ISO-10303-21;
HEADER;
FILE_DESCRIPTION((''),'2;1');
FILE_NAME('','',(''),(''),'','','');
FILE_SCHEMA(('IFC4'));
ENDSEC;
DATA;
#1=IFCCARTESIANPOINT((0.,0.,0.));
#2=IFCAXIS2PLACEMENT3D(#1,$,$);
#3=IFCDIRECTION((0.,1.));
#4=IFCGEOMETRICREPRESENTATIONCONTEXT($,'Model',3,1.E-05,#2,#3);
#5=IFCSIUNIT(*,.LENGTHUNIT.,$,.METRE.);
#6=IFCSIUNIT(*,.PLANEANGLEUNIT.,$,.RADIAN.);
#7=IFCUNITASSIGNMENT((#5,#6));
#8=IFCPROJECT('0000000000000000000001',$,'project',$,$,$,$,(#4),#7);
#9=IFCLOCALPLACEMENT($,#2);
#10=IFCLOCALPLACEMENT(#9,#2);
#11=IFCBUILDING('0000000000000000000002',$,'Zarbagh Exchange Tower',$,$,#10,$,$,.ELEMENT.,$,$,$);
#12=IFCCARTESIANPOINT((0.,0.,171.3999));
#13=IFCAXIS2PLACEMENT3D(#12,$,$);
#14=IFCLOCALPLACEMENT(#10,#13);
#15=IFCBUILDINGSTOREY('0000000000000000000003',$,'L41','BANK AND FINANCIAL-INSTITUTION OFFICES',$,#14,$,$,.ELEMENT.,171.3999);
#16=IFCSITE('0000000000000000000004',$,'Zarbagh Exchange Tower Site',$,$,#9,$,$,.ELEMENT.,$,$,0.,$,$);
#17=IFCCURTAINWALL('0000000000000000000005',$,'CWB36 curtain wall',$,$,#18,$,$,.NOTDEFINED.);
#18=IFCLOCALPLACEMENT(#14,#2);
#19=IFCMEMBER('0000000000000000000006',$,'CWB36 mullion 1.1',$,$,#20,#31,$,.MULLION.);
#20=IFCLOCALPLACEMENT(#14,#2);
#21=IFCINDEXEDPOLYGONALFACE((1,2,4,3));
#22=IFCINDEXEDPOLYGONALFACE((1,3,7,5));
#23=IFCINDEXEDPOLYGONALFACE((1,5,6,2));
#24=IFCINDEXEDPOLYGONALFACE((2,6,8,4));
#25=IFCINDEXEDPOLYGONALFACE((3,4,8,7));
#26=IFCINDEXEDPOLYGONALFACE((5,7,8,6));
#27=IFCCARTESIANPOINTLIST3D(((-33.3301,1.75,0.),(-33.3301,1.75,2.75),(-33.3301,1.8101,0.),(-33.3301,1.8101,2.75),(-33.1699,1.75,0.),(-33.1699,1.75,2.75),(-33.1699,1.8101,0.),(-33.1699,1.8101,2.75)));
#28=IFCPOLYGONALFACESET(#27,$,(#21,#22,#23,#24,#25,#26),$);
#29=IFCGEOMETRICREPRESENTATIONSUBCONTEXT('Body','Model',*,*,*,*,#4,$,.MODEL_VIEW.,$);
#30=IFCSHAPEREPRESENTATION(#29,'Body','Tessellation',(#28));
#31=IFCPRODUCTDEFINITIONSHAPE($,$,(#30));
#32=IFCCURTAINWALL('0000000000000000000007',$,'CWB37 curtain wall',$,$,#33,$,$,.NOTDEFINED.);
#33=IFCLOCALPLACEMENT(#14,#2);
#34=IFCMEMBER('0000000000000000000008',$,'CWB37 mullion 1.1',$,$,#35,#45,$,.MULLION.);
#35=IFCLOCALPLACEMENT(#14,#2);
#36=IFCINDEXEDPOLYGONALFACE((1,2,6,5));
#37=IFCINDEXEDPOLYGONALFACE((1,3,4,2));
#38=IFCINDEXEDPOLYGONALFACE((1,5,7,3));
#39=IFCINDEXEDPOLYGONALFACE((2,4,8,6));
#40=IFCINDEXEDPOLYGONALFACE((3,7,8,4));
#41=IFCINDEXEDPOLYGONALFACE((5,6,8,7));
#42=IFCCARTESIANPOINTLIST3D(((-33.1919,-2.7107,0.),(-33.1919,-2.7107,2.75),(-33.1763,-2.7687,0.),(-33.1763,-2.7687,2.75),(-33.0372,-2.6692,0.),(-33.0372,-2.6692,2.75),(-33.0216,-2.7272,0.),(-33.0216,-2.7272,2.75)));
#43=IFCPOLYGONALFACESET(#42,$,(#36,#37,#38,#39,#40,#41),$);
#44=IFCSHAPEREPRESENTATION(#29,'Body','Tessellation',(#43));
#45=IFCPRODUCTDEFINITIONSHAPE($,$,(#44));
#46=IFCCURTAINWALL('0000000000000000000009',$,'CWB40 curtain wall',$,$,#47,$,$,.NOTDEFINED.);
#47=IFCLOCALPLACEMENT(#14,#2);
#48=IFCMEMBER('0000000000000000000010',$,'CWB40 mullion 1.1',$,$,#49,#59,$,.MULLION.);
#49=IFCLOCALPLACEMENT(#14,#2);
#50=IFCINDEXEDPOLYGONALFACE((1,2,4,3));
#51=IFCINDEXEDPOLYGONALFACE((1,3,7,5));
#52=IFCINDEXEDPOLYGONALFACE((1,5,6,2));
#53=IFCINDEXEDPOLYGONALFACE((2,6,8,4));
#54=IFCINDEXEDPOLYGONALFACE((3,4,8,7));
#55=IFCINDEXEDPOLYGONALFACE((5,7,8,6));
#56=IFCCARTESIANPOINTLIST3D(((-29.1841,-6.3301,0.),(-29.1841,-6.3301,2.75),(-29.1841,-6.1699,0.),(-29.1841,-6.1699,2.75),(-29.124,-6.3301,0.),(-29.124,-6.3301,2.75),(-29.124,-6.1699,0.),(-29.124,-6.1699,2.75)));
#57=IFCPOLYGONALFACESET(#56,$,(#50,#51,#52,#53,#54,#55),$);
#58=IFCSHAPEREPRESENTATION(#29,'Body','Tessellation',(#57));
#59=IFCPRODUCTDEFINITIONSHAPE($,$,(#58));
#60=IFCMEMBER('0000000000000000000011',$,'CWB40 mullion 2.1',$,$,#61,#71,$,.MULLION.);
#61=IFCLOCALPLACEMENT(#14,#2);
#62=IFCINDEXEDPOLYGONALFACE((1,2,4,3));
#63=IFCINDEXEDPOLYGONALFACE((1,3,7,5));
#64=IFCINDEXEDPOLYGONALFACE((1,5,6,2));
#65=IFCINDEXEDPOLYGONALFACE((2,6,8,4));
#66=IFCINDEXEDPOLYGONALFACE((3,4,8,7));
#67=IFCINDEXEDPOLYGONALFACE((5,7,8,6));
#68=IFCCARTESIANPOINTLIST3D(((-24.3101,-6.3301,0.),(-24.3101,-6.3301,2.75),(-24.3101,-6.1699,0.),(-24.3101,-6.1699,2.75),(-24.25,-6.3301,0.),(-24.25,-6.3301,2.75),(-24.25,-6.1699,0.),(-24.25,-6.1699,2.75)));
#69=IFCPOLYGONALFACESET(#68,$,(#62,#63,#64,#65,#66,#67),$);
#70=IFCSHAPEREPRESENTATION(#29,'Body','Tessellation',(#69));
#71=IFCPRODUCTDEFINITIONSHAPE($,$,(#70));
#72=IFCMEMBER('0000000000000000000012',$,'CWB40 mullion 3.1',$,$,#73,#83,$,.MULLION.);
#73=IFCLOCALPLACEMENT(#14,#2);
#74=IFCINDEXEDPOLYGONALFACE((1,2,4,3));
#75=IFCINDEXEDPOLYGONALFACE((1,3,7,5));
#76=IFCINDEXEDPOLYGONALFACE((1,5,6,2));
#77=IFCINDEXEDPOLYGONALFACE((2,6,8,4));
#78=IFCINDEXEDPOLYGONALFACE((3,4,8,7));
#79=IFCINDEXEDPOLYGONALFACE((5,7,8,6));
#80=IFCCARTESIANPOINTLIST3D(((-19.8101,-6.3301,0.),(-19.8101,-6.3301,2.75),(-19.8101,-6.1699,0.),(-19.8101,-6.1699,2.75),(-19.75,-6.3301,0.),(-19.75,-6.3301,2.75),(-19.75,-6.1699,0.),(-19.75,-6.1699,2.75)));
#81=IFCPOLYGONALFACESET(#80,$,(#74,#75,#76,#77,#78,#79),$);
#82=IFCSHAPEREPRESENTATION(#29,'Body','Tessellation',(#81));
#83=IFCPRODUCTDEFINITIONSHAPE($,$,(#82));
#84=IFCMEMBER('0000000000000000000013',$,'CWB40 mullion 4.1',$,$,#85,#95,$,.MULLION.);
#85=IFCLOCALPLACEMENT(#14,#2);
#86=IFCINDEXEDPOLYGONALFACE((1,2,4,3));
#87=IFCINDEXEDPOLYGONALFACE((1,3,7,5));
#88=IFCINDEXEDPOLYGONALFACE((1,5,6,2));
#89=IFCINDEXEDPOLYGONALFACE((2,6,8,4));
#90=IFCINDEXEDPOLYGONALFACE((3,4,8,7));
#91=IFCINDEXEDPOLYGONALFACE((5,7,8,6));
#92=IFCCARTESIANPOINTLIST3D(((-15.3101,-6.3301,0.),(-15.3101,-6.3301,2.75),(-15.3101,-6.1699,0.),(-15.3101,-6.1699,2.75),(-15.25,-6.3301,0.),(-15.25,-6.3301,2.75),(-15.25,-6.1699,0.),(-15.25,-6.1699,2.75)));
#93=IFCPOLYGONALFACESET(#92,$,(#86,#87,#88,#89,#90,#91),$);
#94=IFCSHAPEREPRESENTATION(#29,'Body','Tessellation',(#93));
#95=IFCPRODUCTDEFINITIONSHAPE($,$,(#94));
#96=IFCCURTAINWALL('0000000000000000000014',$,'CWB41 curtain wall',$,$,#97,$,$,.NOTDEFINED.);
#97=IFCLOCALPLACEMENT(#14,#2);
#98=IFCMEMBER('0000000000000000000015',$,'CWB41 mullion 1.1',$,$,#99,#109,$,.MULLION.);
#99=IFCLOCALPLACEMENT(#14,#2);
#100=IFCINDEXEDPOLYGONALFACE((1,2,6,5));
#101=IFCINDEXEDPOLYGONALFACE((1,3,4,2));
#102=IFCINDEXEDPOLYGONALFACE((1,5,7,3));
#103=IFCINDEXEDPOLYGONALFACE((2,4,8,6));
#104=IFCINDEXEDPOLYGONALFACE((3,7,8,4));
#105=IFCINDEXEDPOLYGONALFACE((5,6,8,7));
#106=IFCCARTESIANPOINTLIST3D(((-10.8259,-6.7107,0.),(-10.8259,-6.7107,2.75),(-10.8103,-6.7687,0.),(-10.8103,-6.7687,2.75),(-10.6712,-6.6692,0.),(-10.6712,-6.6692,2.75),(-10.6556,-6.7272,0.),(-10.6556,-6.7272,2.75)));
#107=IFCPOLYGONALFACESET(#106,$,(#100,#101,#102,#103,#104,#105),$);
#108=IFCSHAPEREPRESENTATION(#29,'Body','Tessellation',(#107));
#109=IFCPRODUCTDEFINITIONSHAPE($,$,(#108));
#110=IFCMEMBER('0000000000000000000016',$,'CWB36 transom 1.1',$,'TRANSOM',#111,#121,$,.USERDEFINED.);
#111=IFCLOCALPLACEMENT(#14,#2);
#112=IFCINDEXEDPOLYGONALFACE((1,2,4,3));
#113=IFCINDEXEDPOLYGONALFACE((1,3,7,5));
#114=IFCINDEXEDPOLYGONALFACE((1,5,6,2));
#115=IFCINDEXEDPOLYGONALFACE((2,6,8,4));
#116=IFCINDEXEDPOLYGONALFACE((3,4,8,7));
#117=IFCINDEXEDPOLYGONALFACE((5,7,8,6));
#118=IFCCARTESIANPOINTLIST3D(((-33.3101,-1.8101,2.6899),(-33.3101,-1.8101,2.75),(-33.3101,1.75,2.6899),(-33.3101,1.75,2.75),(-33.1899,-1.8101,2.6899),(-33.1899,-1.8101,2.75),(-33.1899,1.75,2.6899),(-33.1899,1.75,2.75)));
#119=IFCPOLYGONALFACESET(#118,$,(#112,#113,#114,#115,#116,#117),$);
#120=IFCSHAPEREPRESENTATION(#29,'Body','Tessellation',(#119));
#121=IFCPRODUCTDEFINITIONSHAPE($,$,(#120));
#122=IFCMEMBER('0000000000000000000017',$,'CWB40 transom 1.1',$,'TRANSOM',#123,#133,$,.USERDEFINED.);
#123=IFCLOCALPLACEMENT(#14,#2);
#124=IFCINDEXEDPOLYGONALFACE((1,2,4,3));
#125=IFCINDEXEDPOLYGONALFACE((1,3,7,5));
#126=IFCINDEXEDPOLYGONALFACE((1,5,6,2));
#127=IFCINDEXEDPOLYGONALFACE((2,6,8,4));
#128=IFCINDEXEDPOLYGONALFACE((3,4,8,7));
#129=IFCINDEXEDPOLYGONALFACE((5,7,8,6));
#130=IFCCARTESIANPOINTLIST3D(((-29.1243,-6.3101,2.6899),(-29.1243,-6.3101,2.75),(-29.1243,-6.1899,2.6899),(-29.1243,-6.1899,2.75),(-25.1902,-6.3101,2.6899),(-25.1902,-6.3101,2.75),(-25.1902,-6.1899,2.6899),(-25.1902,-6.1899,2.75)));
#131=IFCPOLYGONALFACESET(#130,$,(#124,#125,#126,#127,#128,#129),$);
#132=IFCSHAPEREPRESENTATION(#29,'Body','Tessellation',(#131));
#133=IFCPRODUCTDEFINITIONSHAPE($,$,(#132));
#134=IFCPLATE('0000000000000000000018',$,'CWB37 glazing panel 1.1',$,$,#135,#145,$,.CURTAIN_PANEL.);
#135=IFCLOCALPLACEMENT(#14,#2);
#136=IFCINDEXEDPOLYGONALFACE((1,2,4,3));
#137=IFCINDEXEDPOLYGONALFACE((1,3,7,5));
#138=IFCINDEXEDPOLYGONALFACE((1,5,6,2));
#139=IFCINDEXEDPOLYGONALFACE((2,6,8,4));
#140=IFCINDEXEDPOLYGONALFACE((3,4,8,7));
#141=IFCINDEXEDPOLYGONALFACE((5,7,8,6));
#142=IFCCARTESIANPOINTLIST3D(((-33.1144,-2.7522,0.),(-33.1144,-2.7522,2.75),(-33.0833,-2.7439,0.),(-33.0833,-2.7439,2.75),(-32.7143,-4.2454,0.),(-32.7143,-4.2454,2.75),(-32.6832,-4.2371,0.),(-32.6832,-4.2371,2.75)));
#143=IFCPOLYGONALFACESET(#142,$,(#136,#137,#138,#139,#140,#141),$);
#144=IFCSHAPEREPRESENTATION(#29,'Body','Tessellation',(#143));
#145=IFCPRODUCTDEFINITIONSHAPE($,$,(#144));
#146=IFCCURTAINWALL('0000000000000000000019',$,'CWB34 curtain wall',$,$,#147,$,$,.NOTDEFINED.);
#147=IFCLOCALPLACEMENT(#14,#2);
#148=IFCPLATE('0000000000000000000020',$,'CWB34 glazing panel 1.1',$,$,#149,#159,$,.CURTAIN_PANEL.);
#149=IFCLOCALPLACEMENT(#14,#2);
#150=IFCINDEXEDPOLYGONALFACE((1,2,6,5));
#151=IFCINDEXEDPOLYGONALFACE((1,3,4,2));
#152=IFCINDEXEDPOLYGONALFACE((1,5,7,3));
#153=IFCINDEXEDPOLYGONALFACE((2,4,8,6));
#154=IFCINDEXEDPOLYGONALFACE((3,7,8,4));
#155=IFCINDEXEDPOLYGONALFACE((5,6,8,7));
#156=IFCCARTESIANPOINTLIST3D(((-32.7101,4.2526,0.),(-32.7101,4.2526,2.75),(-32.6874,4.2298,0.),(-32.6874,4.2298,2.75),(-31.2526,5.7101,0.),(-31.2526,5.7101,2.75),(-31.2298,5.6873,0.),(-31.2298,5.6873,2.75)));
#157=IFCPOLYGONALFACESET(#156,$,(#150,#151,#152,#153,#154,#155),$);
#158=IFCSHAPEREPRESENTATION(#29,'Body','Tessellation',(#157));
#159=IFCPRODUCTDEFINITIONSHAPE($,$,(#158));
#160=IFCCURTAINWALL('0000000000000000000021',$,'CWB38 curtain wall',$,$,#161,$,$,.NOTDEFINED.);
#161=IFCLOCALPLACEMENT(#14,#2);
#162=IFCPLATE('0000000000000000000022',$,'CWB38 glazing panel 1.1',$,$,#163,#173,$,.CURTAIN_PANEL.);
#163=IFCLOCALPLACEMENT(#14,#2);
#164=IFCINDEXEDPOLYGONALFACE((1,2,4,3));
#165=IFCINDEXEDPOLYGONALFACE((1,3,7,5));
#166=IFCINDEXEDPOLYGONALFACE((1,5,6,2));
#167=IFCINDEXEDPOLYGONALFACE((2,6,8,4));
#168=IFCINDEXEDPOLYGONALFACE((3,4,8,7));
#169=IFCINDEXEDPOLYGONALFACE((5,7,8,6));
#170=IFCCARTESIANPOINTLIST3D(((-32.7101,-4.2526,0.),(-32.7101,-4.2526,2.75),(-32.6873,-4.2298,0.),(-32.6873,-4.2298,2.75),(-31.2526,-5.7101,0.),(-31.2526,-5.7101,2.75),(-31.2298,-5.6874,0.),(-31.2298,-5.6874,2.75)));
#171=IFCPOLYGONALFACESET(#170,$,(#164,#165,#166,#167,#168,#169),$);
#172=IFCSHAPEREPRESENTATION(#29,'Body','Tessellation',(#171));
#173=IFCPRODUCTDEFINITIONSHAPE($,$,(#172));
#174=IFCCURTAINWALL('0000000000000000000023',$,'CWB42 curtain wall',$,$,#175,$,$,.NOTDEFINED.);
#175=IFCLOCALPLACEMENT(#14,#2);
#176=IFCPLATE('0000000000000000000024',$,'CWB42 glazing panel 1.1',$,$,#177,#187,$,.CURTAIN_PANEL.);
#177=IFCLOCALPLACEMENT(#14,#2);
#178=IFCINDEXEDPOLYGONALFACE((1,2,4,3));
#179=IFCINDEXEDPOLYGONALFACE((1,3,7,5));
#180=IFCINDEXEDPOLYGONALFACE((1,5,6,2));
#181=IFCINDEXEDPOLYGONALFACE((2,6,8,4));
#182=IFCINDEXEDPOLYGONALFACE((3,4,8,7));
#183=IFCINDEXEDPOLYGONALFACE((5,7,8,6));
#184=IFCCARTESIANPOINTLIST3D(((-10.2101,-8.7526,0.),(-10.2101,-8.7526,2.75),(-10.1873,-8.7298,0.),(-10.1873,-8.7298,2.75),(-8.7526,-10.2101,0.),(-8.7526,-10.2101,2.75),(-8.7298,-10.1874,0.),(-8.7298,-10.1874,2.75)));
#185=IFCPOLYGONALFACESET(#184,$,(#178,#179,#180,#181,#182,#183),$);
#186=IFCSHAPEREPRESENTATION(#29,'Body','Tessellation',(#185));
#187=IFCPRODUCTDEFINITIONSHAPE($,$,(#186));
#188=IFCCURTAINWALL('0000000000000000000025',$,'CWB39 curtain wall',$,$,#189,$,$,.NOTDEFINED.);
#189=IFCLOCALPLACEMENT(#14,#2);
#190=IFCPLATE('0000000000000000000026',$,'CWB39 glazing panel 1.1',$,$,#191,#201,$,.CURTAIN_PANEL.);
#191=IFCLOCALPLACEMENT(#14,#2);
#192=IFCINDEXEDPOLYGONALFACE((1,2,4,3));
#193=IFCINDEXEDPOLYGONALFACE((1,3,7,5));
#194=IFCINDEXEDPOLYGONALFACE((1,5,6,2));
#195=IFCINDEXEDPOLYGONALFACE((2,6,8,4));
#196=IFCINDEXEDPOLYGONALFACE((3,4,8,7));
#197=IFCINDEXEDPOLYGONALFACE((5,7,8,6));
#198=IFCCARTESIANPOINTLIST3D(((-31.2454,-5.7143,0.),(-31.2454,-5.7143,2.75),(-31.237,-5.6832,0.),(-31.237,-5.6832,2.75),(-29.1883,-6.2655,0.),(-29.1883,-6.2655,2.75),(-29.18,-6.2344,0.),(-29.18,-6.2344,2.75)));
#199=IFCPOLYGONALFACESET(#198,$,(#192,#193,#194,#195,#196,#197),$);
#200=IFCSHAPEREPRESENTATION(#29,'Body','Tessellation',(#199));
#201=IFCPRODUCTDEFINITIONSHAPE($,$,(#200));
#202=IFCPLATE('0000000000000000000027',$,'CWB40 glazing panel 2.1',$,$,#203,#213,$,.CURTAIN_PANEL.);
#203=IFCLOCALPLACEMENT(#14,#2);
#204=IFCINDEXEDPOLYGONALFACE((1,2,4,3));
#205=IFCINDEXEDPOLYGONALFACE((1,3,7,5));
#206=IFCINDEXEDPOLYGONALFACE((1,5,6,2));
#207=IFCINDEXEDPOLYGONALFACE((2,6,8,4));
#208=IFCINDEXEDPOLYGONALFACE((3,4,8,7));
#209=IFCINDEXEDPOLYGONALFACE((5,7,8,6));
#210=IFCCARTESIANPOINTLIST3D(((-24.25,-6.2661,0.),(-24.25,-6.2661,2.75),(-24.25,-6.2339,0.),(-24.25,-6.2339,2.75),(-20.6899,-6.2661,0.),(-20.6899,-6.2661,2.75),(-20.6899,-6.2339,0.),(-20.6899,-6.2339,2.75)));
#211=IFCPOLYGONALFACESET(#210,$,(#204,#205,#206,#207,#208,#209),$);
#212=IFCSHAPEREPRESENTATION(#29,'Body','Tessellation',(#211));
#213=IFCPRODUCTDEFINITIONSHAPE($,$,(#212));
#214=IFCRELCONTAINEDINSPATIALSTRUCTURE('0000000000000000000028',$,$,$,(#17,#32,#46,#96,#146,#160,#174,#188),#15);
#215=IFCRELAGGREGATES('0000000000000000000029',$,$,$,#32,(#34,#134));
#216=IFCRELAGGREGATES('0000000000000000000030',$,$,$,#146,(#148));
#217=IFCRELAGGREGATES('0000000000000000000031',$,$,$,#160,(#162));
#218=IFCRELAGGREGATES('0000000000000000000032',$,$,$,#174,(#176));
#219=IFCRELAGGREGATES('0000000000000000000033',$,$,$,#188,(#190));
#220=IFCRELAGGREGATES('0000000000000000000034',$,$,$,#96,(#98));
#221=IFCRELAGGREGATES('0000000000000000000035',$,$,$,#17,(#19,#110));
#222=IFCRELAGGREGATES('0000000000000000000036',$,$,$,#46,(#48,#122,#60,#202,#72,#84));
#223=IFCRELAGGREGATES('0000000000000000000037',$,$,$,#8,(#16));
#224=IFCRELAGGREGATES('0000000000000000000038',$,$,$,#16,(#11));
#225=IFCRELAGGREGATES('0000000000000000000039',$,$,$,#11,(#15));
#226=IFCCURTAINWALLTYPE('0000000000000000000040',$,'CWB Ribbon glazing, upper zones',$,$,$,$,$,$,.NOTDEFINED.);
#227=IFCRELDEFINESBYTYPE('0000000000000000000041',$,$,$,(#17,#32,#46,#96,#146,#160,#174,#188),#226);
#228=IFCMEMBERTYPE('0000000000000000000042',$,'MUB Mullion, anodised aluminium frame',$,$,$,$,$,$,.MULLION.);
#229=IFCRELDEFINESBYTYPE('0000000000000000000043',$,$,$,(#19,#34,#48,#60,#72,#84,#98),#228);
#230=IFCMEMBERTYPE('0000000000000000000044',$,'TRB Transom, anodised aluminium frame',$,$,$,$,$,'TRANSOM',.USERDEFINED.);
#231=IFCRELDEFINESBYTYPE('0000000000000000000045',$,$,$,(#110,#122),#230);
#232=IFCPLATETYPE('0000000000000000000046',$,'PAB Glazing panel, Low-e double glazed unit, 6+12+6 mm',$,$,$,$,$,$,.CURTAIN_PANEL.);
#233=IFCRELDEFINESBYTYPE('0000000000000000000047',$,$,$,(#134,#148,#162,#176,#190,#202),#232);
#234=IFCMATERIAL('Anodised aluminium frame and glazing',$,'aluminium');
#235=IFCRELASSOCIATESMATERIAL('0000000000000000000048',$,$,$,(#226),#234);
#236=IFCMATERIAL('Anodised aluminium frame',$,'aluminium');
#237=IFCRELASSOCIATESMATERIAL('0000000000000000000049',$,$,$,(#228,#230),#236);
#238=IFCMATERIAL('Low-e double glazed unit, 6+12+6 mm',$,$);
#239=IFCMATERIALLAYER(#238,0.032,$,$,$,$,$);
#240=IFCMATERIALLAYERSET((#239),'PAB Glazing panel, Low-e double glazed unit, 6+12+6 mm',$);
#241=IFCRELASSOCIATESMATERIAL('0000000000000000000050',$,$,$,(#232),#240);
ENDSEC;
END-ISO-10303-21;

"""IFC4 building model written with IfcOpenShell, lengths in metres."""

from ifc_helpers import new_model, si_unit, direction, frame, origin, place, context, subcontext, project, spatial, polyline, outline, extrude, source, transform, mapped, material, layer, layer_set, type_object, element, aggregate, save


model = new_model("IFC4")

# Units and contexts
model_context = context("Model", 3, precision=1e-05, world=origin(), true_north=direction((0.0, 1.0)))
body_context = subcontext(model_context, "Body", "Model", "MODEL_VIEW")
ifc_project = project(units=[si_unit("LENGTHUNIT", "METRE"), si_unit("PLANEANGLEUNIT", "RADIAN")], contexts=[model_context])

# Site, building, storey
site_placement = place(None, origin())
site = spatial("IfcSite", under=ifc_project, at=site_placement, Name="Zarbagh Exchange Tower Site", CompositionType="ELEMENT", RefElevation=0.0)
building_placement = place(site_placement, origin())
building = spatial("IfcBuilding", under=site, at=building_placement, Name="Zarbagh Exchange Tower", CompositionType="ELEMENT")
storey_placement = place(building_placement, frame((0.0, 0.0, 171.3999)))
storey = spatial("IfcBuildingStorey", under=building, at=storey_placement, Name="L41", Description="BANK AND FINANCIAL-INSTITUTION OFFICES", CompositionType="ELEMENT", Elevation=171.3999)

# Curtain walls, members
ifc_material_1 = material(Name="Anodised aluminium frame and glazing", Category="aluminium")
curtain_wall_type = type_object("IfcCurtainWallType", Name="CWB Ribbon glazing, upper zones", PredefinedType="NOTDEFINED", material=ifc_material_1)
curtain_wall_1_placement = place(storey_placement, origin())
curtain_wall_1 = element("IfcCurtainWall", 1, at=curtain_wall_1_placement, inside=storey, type_object=curtain_wall_type, Name="CWB36 curtain wall", PredefinedType="NOTDEFINED")
ifc_material_2 = material(Name="Anodised aluminium frame", Category="aluminium")
member_type_1 = type_object("IfcMemberType", Name="MUB Mullion, anodised aluminium frame", PredefinedType="MULLION", material=ifc_material_2)
shared_shape_1 = source(origin(), body_context, "Body", "SweptSolid", [
    extrude(outline(polyline([(0.0, -0.0801), (0.0601, -0.0801), (0.0601, 0.0801), (0.0, 0.0801), (0.0, -0.0801)])), origin(), (0.0, 0.0, 1.0), 2.75),
])
placement = place(storey_placement, origin())
member_1 = element("IfcMember", 2, at=placement, type_object=member_type_1, Name="CWB36 mullion 1.1", PredefinedType="MULLION", context=body_context, shape_type="MappedRepresentation", body=[
    mapped(shared_shape_1, transform((-33.25, 1.8101, 0.0), x_axis=(0.0, -1.0, 0.0), y_axis=(1.0, 0.0, 0.0), z_axis=(0.0, 0.0, 1.0))),
])
curtain_wall_2_placement = place(storey_placement, origin())
curtain_wall_2 = element("IfcCurtainWall", 3, at=curtain_wall_2_placement, inside=storey, type_object=curtain_wall_type, Name="CWB37 curtain wall", PredefinedType="NOTDEFINED")
member_2 = element("IfcMember", 4, at=placement, type_object=member_type_1, Name="CWB37 mullion 1.1", PredefinedType="MULLION", context=body_context, shape_type="MappedRepresentation", body=[
    mapped(shared_shape_1, transform((-33.1145, -2.6899, 0.0), x_axis=(0.258825, -0.965924, 0.0), y_axis=(0.965924, 0.258825, 0.0), z_axis=(0.0, 0.0, 1.0))),
])

# Curtain wall, members
curtain_wall_3_placement = place(storey_placement, origin())
curtain_wall_3 = element("IfcCurtainWall", 5, at=curtain_wall_3_placement, inside=storey, type_object=curtain_wall_type, Name="CWB40 curtain wall", PredefinedType="NOTDEFINED")
member_3 = element("IfcMember", 6, at=placement, type_object=member_type_1, Name="CWB40 mullion 1.1", PredefinedType="MULLION", context=body_context, shape_type="MappedRepresentation", body=[
    mapped(shared_shape_1, transform((-29.1841, -6.25, 0.0), x_axis=(1.0, 0.0, 0.0), y_axis=(0.0, 1.0, 0.0), z_axis=(0.0, 0.0, 1.0))),
])
member_4 = element("IfcMember", 7, at=placement, type_object=member_type_1, Name="CWB40 mullion 2.1", PredefinedType="MULLION", context=body_context, shape_type="MappedRepresentation", body=[
    mapped(shared_shape_1, transform((-24.3101, -6.25, 0.0), x_axis=(1.0, 0.0, 0.0), y_axis=(0.0, 1.0, 0.0), z_axis=(0.0, 0.0, 1.0))),
])
member_5 = element("IfcMember", 8, at=placement, type_object=member_type_1, Name="CWB40 mullion 3.1", PredefinedType="MULLION", context=body_context, shape_type="MappedRepresentation", body=[
    mapped(shared_shape_1, transform((-19.8101, -6.25, 0.0), x_axis=(1.0, 0.0, 0.0), y_axis=(0.0, 1.0, 0.0), z_axis=(0.0, 0.0, 1.0))),
])
member_6 = element("IfcMember", 9, at=placement, type_object=member_type_1, Name="CWB40 mullion 4.1", PredefinedType="MULLION", context=body_context, shape_type="MappedRepresentation", body=[
    mapped(shared_shape_1, transform((-15.3101, -6.25, 0.0), x_axis=(1.0, 0.0, 0.0), y_axis=(0.0, 1.0, 0.0), z_axis=(0.0, 0.0, 1.0))),
])

# Curtain wall, member
curtain_wall_4_placement = place(storey_placement, origin())
curtain_wall_4 = element("IfcCurtainWall", 10, at=curtain_wall_4_placement, inside=storey, type_object=curtain_wall_type, Name="CWB41 curtain wall", PredefinedType="NOTDEFINED")
member_7 = element("IfcMember", 11, at=placement, type_object=member_type_1, Name="CWB41 mullion 1.1", PredefinedType="MULLION", context=body_context, shape_type="MappedRepresentation", body=[
    mapped(shared_shape_1, transform((-10.7485, -6.6899, 0.0), x_axis=(0.258825, -0.965924, 0.0), y_axis=(0.965924, 0.258825, 0.0), z_axis=(0.0, 0.0, 1.0))),
])

# Members
member_type_2 = type_object("IfcMemberType", Name="TRB Transom, anodised aluminium frame", ElementType="TRANSOM", PredefinedType="USERDEFINED", material=ifc_material_2)
shared_shape_2 = source(origin(), body_context, "Body", "SweptSolid", [
    extrude(outline(polyline([(-0.0601, -0.0601), (0.0, -0.0601), (0.0, 0.0601), (-0.0601, 0.0601), (-0.0601, -0.0601)])), origin(), (0.0, 0.0, 1.0), 3.5601),
])
member_8 = element("IfcMember", 12, at=placement, type_object=member_type_2, Name="CWB36 transom 1.1", ObjectType="TRANSOM", PredefinedType="USERDEFINED", context=body_context, shape_type="MappedRepresentation", body=[
    mapped(shared_shape_2, transform((-33.25, 1.75, 2.75), x_axis=(0.0, 0.0, 1.0), y_axis=(-1.0, 0.0, 0.0), z_axis=(0.0, -1.0, 0.0))),
])
shared_shape_3 = source(origin(), body_context, "Body", "SweptSolid", [
    extrude(outline(polyline([(-0.0601, -0.0601), (0.0, -0.0601), (0.0, 0.0601), (-0.0601, 0.0601), (-0.0601, -0.0601)])), origin(), (0.0, 0.0, 1.0), 3.9341),
])
member_9 = element("IfcMember", 13, at=placement, type_object=member_type_2, Name="CWB40 transom 1.1", ObjectType="TRANSOM", PredefinedType="USERDEFINED", context=body_context, shape_type="MappedRepresentation", body=[
    mapped(shared_shape_3, transform((-29.1243, -6.25, 2.75), x_axis=(0.0, 0.0, 1.0), y_axis=(0.0, -1.0, 0.0), z_axis=(1.0, 0.0, 0.0))),
])

# Plate
ifc_material_3 = material(Name="Low-e double glazed unit, 6+12+6 mm")
ifc_layer = layer(ifc_material_3, 0.032)
ifc_layer_set = layer_set([ifc_layer], Name="PAB Glazing panel, Low-e double glazed unit, 6+12+6 mm")
plate_type = type_object("IfcPlateType", Name="PAB Glazing panel, Low-e double glazed unit, 6+12+6 mm", PredefinedType="CURTAIN_PANEL", material=ifc_layer_set)
shared_shape_4 = source(origin(), body_context, "Body", "SweptSolid", [
    extrude(outline(polyline([(0.0, -0.0161), (1.5459, -0.0161), (1.5459, 0.0161), (0.0, 0.0161), (0.0, -0.0161)])), origin(), (0.0, 0.0, 1.0), 2.75),
])
plate_1 = element("IfcPlate", 14, at=placement, type_object=plate_type, Name="CWB37 glazing panel 1.1", PredefinedType="CURTAIN_PANEL", context=body_context, shape_type="MappedRepresentation", body=[
    mapped(shared_shape_4, transform((-33.0989, -2.748, 0.0), x_axis=(0.258825, -0.965924, 0.0), y_axis=(0.965924, 0.258825, 0.0), z_axis=(0.0, 0.0, 1.0))),
])
aggregate(curtain_wall_2, [member_2, plate_1])

# Curtain walls, plates
curtain_wall_5_placement = place(storey_placement, origin())
curtain_wall_5 = element("IfcCurtainWall", 15, at=curtain_wall_5_placement, inside=storey, type_object=curtain_wall_type, Name="CWB34 curtain wall", PredefinedType="NOTDEFINED")
shared_shape_5 = source(origin(), body_context, "Body", "SweptSolid", [
    extrude(outline(polyline([(0.0, -0.0161), (2.0613, -0.0161), (2.0613, 0.0161), (0.0, 0.0161), (0.0, -0.0161)])), origin(), (0.0, 0.0, 1.0), 2.75),
])
plate_2 = element("IfcPlate", 16, at=placement, type_object=plate_type, Name="CWB34 glazing panel 1.1", PredefinedType="CURTAIN_PANEL", context=body_context, shape_type="MappedRepresentation", body=[
    mapped(shared_shape_5, transform((-31.2412, 5.6987, 0.0), x_axis=(-0.707107, -0.707107, 0.0), y_axis=(0.707107, -0.707107, 0.0), z_axis=(0.0, 0.0, 1.0))),
])
aggregate(curtain_wall_5, [plate_2])
curtain_wall_6_placement = place(storey_placement, origin())
curtain_wall_6 = element("IfcCurtainWall", 17, at=curtain_wall_6_placement, inside=storey, type_object=curtain_wall_type, Name="CWB38 curtain wall", PredefinedType="NOTDEFINED")
plate_3 = element("IfcPlate", 18, at=placement, type_object=plate_type, Name="CWB38 glazing panel 1.1", PredefinedType="CURTAIN_PANEL", context=body_context, shape_type="MappedRepresentation", body=[
    mapped(shared_shape_5, transform((-32.6987, -4.2412, 0.0), x_axis=(0.707107, -0.707107, 0.0), y_axis=(0.707107, 0.707107, 0.0), z_axis=(0.0, 0.0, 1.0))),
])
aggregate(curtain_wall_6, [plate_3])
curtain_wall_7_placement = place(storey_placement, origin())
curtain_wall_7 = element("IfcCurtainWall", 19, at=curtain_wall_7_placement, inside=storey, type_object=curtain_wall_type, Name="CWB42 curtain wall", PredefinedType="NOTDEFINED")
plate_4 = element("IfcPlate", 20, at=placement, type_object=plate_type, Name="CWB42 glazing panel 1.1", PredefinedType="CURTAIN_PANEL", context=body_context, shape_type="MappedRepresentation", body=[
    mapped(shared_shape_5, transform((-10.1987, -8.7412, 0.0), x_axis=(0.707107, -0.707107, 0.0), y_axis=(0.707107, 0.707107, 0.0), z_axis=(0.0, 0.0, 1.0))),
])
aggregate(curtain_wall_7, [plate_4])
curtain_wall_8_placement = place(storey_placement, origin())
curtain_wall_8 = element("IfcCurtainWall", 21, at=curtain_wall_8_placement, inside=storey, type_object=curtain_wall_type, Name="CWB39 curtain wall", PredefinedType="NOTDEFINED")
shared_shape_6 = source(origin(), body_context, "Body", "SweptSolid", [
    extrude(outline(polyline([(0.0, -0.0161), (2.1296, -0.0161), (2.1296, 0.0161), (0.0, 0.0161), (0.0, -0.0161)])), origin(), (0.0, 0.0, 1.0), 2.75),
])
plate_5 = element("IfcPlate", 22, at=placement, type_object=plate_type, Name="CWB39 glazing panel 1.1", PredefinedType="CURTAIN_PANEL", context=body_context, shape_type="MappedRepresentation", body=[
    mapped(shared_shape_6, transform((-31.2412, -5.6987, 0.0), x_axis=(0.965924, -0.258825, 0.0), y_axis=(0.258825, 0.965924, 0.0), z_axis=(0.0, 0.0, 1.0))),
])
aggregate(curtain_wall_8, [plate_5])

# Plate
shared_shape_7 = source(origin(), body_context, "Body", "SweptSolid", [
    extrude(outline(polyline([(0.0, -0.0161), (3.5601, -0.0161), (3.5601, 0.0161), (0.0, 0.0161), (0.0, -0.0161)])), origin(), (0.0, 0.0, 1.0), 2.75),
])
plate_6 = element("IfcPlate", 23, at=placement, type_object=plate_type, Name="CWB40 glazing panel 2.1", PredefinedType="CURTAIN_PANEL", context=body_context, shape_type="MappedRepresentation", body=[
    mapped(shared_shape_7, transform((-24.25, -6.25, 0.0), x_axis=(1.0, 0.0, 0.0), y_axis=(0.0, 1.0, 0.0), z_axis=(0.0, 0.0, 1.0))),
])
aggregate(curtain_wall_4, [member_7])

aggregate(curtain_wall_1, [member_1, member_8])
aggregate(curtain_wall_3, [member_3, member_9, member_4, plate_6, member_5, member_6])

save(model, "model.ifc")
